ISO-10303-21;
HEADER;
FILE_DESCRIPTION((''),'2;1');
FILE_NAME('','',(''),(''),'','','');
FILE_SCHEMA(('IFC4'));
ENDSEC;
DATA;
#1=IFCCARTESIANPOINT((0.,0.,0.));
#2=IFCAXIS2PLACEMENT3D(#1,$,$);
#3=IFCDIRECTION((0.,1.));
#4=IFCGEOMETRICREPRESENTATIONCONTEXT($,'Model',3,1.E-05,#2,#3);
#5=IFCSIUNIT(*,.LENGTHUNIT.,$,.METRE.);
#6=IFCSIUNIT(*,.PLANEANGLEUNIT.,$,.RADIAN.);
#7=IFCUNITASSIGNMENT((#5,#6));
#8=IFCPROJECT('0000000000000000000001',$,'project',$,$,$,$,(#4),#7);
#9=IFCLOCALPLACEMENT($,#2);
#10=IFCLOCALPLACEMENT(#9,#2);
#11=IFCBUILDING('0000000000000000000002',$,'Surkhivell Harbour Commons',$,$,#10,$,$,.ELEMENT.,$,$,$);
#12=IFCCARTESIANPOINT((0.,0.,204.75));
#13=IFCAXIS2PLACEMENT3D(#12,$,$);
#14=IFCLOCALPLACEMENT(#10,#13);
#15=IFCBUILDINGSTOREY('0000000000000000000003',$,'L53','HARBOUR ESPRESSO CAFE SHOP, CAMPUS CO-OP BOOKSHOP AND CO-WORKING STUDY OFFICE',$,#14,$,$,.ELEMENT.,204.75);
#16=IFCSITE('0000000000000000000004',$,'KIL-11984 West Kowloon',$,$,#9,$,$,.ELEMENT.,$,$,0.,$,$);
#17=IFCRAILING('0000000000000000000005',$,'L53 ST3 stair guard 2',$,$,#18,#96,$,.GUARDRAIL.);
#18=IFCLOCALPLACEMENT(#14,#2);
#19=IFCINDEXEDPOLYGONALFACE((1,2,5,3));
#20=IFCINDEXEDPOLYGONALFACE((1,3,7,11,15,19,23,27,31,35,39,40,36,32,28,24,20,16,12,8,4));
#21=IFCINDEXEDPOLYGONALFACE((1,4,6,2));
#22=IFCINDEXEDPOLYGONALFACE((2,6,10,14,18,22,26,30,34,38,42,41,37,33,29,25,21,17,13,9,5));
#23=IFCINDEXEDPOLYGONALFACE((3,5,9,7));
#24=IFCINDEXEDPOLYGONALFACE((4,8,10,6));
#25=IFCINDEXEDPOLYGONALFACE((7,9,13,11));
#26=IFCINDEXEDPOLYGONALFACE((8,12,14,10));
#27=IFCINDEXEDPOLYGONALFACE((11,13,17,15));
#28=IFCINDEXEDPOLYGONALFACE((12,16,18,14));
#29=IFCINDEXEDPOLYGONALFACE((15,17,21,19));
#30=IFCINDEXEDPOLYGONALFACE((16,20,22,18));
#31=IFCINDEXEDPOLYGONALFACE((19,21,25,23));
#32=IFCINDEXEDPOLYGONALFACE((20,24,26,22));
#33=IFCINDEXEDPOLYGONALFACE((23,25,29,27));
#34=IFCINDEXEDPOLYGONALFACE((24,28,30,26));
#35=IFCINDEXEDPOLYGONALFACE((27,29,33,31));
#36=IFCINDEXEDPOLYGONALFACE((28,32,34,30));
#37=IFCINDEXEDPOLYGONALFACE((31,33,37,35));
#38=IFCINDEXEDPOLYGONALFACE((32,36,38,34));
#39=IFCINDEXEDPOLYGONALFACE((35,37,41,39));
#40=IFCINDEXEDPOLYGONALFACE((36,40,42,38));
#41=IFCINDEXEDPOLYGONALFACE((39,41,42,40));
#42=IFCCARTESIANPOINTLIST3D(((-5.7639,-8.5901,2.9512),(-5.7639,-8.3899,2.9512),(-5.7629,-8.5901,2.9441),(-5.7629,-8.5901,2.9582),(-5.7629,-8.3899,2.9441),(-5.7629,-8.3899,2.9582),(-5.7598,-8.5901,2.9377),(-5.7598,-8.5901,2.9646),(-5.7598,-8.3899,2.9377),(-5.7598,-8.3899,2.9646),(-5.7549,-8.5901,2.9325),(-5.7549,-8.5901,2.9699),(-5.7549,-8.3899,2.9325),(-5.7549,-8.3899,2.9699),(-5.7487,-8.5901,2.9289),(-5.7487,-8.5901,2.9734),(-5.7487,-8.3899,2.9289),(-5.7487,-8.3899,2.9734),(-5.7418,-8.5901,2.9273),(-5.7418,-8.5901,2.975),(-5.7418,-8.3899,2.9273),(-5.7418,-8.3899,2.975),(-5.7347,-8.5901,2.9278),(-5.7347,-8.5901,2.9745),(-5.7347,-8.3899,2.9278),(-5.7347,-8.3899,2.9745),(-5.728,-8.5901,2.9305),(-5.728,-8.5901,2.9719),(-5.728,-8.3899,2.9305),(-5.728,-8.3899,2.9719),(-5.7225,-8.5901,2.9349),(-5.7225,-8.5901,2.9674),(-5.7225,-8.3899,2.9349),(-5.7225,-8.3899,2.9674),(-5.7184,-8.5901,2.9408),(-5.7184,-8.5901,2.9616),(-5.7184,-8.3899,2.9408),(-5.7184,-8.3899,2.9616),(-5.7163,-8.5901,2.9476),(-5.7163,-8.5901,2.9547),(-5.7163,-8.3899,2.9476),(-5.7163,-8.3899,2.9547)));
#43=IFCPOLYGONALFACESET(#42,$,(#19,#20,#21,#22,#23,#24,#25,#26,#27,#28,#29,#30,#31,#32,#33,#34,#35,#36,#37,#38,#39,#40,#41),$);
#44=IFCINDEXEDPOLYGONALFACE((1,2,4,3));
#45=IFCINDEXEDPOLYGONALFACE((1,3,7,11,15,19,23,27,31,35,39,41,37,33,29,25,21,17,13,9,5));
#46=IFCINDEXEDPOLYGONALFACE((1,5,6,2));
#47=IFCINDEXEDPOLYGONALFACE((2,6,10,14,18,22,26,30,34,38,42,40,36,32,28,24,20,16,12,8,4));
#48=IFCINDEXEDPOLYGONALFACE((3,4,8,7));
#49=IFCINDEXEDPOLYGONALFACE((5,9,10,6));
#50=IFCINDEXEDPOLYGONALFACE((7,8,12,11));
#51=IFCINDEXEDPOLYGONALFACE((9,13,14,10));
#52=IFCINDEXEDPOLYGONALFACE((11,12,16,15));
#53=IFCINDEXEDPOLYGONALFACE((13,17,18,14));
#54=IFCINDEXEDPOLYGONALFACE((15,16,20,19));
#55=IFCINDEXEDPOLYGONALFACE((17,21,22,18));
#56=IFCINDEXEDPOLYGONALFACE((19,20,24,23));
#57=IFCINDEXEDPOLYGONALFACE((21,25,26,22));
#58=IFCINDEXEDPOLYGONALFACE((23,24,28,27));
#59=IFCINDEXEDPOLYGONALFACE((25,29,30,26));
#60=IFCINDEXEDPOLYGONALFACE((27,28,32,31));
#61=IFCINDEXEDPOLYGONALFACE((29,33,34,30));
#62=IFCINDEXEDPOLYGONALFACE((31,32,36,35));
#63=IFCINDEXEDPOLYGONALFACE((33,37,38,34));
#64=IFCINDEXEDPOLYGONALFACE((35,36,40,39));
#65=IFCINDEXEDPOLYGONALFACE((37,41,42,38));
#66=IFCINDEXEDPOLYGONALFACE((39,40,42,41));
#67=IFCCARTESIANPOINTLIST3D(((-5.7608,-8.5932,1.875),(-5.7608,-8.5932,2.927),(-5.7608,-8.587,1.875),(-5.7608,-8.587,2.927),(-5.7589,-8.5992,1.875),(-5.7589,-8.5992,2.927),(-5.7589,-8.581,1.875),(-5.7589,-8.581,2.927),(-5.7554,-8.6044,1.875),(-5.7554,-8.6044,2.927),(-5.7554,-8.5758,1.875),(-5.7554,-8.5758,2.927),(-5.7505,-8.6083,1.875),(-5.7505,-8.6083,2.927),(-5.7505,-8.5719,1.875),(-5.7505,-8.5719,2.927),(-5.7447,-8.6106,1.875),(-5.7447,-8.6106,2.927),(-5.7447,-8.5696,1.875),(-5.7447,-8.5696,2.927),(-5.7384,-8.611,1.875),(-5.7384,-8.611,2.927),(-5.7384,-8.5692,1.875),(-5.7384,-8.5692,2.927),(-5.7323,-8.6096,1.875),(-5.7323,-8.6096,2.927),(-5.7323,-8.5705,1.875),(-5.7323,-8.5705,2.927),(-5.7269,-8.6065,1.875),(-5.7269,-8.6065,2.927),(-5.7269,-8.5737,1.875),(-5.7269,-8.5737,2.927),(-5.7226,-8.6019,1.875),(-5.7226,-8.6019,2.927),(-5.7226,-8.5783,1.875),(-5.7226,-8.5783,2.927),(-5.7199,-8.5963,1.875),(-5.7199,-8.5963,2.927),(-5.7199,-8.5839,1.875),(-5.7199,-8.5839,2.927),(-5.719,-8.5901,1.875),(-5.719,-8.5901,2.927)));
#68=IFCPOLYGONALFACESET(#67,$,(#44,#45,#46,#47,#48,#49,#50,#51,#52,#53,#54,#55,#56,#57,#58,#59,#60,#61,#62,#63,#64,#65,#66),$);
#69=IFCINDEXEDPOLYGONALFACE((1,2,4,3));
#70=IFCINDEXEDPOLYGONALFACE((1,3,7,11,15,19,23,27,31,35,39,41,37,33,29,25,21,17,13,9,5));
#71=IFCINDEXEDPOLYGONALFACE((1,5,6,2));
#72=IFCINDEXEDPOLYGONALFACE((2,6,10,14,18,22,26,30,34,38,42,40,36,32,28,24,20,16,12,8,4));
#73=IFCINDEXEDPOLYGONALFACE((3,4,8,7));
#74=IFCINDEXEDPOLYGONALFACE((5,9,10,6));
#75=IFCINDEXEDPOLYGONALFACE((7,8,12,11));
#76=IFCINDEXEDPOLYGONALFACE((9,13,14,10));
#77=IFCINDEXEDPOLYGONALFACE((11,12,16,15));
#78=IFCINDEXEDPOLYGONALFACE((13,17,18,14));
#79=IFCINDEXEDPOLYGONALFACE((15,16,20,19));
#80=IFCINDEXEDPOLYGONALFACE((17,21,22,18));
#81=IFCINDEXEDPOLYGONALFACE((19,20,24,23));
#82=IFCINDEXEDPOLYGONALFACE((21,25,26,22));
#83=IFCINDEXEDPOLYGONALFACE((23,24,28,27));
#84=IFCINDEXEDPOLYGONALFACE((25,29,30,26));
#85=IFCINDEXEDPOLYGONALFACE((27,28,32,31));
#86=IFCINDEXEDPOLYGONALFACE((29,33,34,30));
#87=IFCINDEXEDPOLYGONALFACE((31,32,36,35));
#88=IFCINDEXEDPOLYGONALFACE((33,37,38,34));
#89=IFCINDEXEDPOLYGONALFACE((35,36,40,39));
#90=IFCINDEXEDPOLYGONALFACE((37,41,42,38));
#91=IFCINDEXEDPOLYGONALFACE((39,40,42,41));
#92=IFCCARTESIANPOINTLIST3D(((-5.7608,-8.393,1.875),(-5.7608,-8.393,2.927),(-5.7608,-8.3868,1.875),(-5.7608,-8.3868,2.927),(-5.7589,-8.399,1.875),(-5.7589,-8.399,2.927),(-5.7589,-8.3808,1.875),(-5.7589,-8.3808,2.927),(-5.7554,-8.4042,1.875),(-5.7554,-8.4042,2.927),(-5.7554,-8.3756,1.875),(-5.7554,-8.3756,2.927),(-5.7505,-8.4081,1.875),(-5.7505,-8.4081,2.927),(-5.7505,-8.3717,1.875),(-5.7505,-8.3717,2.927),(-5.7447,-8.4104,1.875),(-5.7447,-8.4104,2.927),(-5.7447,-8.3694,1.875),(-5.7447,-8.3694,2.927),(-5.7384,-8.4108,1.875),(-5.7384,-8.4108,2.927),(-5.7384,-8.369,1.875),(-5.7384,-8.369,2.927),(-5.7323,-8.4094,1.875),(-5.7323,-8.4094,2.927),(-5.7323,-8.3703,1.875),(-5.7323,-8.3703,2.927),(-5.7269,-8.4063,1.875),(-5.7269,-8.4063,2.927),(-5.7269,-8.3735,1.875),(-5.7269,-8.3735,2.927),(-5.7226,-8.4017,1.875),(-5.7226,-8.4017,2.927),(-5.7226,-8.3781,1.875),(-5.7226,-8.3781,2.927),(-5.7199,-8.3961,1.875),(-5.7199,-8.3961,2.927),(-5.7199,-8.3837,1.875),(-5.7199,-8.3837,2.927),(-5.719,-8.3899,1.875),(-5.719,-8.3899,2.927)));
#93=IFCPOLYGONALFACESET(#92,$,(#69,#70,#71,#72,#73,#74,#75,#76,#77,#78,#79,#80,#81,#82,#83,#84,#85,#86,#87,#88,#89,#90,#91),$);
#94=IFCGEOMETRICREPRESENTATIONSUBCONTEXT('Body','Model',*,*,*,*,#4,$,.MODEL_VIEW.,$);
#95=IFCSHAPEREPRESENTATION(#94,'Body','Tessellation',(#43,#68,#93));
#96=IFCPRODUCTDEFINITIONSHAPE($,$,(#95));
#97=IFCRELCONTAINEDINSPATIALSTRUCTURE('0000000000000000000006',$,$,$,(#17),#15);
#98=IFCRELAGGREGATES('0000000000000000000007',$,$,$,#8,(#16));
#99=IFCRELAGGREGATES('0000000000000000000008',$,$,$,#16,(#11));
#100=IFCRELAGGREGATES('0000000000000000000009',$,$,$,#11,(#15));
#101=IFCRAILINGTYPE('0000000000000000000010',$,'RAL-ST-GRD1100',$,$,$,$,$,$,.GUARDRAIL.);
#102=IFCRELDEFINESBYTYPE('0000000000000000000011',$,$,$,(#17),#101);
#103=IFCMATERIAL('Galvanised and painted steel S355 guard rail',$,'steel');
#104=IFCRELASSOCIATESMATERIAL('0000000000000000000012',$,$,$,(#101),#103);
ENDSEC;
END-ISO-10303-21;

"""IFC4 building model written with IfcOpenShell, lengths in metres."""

from ifc_helpers import new_model, si_unit, direction, frame, origin, origin_2d, place, context, subcontext, project, spatial, circle, extrude, material, type_object, element, save


model = new_model("IFC4")

# Units and contexts
model_context = context("Model", 3, precision=1e-05, world=origin(), true_north=direction((0.0, 1.0)))
body_context = subcontext(model_context, "Body", "Model", "MODEL_VIEW")
ifc_project = project(units=[si_unit("LENGTHUNIT", "METRE"), si_unit("PLANEANGLEUNIT", "RADIAN")], contexts=[model_context])

# Site, building, storey
site_placement = place(None, origin())
site = spatial("IfcSite", under=ifc_project, at=site_placement, Name="KIL-11984 West Kowloon", CompositionType="ELEMENT", RefElevation=0.0)
building_placement = place(site_placement, origin())
building = spatial("IfcBuilding", under=site, at=building_placement, Name="Surkhivell Harbour Commons", CompositionType="ELEMENT")
storey_placement = place(building_placement, frame((0.0, 0.0, 204.75)))
storey = spatial("IfcBuildingStorey", under=building, at=storey_placement, Name="L53", Description="HARBOUR ESPRESSO CAFE SHOP, CAMPUS CO-OP BOOKSHOP AND CO-WORKING STUDY OFFICE", CompositionType="ELEMENT", Elevation=204.75)

# Railing
ifc_material_1 = material(Name="Galvanised and painted steel S355 guard rail", Category="steel")
railing_type_1 = type_object("IfcRailingType", Name="RAL-ST-GRD1100", PredefinedType="GUARDRAIL", material=ifc_material_1)
railing_1_placement = place(storey_placement, frame((-5.74, -8.5901, 1.875)))
element("IfcRailing", 1, at=railing_1_placement, inside=storey, type_object=railing_type_1, Name="L53 ST3 stair guard 2", PredefinedType="GUARDRAIL", context=body_context, shape_type="SweptSolid", body=[
    extrude(circle(Radius=0.0239, at=origin_2d()), frame((0.0, 0.0, 1.0762), z_axis=(0.0, 1.0, 0.0), x_axis=(-1.0, 0.0, 0.0)), (0.0, 0.0, 1.0), 0.2002),
    extrude(circle(Radius=0.021, at=origin_2d()), origin(), (0.0, 0.0, 1.0), 1.052),
    extrude(circle(Radius=0.021, at=origin_2d()), frame((0.0, 0.2002, 0.0)), (0.0, 0.0, 1.0), 1.052),
])

save(model, "model.ifc")
